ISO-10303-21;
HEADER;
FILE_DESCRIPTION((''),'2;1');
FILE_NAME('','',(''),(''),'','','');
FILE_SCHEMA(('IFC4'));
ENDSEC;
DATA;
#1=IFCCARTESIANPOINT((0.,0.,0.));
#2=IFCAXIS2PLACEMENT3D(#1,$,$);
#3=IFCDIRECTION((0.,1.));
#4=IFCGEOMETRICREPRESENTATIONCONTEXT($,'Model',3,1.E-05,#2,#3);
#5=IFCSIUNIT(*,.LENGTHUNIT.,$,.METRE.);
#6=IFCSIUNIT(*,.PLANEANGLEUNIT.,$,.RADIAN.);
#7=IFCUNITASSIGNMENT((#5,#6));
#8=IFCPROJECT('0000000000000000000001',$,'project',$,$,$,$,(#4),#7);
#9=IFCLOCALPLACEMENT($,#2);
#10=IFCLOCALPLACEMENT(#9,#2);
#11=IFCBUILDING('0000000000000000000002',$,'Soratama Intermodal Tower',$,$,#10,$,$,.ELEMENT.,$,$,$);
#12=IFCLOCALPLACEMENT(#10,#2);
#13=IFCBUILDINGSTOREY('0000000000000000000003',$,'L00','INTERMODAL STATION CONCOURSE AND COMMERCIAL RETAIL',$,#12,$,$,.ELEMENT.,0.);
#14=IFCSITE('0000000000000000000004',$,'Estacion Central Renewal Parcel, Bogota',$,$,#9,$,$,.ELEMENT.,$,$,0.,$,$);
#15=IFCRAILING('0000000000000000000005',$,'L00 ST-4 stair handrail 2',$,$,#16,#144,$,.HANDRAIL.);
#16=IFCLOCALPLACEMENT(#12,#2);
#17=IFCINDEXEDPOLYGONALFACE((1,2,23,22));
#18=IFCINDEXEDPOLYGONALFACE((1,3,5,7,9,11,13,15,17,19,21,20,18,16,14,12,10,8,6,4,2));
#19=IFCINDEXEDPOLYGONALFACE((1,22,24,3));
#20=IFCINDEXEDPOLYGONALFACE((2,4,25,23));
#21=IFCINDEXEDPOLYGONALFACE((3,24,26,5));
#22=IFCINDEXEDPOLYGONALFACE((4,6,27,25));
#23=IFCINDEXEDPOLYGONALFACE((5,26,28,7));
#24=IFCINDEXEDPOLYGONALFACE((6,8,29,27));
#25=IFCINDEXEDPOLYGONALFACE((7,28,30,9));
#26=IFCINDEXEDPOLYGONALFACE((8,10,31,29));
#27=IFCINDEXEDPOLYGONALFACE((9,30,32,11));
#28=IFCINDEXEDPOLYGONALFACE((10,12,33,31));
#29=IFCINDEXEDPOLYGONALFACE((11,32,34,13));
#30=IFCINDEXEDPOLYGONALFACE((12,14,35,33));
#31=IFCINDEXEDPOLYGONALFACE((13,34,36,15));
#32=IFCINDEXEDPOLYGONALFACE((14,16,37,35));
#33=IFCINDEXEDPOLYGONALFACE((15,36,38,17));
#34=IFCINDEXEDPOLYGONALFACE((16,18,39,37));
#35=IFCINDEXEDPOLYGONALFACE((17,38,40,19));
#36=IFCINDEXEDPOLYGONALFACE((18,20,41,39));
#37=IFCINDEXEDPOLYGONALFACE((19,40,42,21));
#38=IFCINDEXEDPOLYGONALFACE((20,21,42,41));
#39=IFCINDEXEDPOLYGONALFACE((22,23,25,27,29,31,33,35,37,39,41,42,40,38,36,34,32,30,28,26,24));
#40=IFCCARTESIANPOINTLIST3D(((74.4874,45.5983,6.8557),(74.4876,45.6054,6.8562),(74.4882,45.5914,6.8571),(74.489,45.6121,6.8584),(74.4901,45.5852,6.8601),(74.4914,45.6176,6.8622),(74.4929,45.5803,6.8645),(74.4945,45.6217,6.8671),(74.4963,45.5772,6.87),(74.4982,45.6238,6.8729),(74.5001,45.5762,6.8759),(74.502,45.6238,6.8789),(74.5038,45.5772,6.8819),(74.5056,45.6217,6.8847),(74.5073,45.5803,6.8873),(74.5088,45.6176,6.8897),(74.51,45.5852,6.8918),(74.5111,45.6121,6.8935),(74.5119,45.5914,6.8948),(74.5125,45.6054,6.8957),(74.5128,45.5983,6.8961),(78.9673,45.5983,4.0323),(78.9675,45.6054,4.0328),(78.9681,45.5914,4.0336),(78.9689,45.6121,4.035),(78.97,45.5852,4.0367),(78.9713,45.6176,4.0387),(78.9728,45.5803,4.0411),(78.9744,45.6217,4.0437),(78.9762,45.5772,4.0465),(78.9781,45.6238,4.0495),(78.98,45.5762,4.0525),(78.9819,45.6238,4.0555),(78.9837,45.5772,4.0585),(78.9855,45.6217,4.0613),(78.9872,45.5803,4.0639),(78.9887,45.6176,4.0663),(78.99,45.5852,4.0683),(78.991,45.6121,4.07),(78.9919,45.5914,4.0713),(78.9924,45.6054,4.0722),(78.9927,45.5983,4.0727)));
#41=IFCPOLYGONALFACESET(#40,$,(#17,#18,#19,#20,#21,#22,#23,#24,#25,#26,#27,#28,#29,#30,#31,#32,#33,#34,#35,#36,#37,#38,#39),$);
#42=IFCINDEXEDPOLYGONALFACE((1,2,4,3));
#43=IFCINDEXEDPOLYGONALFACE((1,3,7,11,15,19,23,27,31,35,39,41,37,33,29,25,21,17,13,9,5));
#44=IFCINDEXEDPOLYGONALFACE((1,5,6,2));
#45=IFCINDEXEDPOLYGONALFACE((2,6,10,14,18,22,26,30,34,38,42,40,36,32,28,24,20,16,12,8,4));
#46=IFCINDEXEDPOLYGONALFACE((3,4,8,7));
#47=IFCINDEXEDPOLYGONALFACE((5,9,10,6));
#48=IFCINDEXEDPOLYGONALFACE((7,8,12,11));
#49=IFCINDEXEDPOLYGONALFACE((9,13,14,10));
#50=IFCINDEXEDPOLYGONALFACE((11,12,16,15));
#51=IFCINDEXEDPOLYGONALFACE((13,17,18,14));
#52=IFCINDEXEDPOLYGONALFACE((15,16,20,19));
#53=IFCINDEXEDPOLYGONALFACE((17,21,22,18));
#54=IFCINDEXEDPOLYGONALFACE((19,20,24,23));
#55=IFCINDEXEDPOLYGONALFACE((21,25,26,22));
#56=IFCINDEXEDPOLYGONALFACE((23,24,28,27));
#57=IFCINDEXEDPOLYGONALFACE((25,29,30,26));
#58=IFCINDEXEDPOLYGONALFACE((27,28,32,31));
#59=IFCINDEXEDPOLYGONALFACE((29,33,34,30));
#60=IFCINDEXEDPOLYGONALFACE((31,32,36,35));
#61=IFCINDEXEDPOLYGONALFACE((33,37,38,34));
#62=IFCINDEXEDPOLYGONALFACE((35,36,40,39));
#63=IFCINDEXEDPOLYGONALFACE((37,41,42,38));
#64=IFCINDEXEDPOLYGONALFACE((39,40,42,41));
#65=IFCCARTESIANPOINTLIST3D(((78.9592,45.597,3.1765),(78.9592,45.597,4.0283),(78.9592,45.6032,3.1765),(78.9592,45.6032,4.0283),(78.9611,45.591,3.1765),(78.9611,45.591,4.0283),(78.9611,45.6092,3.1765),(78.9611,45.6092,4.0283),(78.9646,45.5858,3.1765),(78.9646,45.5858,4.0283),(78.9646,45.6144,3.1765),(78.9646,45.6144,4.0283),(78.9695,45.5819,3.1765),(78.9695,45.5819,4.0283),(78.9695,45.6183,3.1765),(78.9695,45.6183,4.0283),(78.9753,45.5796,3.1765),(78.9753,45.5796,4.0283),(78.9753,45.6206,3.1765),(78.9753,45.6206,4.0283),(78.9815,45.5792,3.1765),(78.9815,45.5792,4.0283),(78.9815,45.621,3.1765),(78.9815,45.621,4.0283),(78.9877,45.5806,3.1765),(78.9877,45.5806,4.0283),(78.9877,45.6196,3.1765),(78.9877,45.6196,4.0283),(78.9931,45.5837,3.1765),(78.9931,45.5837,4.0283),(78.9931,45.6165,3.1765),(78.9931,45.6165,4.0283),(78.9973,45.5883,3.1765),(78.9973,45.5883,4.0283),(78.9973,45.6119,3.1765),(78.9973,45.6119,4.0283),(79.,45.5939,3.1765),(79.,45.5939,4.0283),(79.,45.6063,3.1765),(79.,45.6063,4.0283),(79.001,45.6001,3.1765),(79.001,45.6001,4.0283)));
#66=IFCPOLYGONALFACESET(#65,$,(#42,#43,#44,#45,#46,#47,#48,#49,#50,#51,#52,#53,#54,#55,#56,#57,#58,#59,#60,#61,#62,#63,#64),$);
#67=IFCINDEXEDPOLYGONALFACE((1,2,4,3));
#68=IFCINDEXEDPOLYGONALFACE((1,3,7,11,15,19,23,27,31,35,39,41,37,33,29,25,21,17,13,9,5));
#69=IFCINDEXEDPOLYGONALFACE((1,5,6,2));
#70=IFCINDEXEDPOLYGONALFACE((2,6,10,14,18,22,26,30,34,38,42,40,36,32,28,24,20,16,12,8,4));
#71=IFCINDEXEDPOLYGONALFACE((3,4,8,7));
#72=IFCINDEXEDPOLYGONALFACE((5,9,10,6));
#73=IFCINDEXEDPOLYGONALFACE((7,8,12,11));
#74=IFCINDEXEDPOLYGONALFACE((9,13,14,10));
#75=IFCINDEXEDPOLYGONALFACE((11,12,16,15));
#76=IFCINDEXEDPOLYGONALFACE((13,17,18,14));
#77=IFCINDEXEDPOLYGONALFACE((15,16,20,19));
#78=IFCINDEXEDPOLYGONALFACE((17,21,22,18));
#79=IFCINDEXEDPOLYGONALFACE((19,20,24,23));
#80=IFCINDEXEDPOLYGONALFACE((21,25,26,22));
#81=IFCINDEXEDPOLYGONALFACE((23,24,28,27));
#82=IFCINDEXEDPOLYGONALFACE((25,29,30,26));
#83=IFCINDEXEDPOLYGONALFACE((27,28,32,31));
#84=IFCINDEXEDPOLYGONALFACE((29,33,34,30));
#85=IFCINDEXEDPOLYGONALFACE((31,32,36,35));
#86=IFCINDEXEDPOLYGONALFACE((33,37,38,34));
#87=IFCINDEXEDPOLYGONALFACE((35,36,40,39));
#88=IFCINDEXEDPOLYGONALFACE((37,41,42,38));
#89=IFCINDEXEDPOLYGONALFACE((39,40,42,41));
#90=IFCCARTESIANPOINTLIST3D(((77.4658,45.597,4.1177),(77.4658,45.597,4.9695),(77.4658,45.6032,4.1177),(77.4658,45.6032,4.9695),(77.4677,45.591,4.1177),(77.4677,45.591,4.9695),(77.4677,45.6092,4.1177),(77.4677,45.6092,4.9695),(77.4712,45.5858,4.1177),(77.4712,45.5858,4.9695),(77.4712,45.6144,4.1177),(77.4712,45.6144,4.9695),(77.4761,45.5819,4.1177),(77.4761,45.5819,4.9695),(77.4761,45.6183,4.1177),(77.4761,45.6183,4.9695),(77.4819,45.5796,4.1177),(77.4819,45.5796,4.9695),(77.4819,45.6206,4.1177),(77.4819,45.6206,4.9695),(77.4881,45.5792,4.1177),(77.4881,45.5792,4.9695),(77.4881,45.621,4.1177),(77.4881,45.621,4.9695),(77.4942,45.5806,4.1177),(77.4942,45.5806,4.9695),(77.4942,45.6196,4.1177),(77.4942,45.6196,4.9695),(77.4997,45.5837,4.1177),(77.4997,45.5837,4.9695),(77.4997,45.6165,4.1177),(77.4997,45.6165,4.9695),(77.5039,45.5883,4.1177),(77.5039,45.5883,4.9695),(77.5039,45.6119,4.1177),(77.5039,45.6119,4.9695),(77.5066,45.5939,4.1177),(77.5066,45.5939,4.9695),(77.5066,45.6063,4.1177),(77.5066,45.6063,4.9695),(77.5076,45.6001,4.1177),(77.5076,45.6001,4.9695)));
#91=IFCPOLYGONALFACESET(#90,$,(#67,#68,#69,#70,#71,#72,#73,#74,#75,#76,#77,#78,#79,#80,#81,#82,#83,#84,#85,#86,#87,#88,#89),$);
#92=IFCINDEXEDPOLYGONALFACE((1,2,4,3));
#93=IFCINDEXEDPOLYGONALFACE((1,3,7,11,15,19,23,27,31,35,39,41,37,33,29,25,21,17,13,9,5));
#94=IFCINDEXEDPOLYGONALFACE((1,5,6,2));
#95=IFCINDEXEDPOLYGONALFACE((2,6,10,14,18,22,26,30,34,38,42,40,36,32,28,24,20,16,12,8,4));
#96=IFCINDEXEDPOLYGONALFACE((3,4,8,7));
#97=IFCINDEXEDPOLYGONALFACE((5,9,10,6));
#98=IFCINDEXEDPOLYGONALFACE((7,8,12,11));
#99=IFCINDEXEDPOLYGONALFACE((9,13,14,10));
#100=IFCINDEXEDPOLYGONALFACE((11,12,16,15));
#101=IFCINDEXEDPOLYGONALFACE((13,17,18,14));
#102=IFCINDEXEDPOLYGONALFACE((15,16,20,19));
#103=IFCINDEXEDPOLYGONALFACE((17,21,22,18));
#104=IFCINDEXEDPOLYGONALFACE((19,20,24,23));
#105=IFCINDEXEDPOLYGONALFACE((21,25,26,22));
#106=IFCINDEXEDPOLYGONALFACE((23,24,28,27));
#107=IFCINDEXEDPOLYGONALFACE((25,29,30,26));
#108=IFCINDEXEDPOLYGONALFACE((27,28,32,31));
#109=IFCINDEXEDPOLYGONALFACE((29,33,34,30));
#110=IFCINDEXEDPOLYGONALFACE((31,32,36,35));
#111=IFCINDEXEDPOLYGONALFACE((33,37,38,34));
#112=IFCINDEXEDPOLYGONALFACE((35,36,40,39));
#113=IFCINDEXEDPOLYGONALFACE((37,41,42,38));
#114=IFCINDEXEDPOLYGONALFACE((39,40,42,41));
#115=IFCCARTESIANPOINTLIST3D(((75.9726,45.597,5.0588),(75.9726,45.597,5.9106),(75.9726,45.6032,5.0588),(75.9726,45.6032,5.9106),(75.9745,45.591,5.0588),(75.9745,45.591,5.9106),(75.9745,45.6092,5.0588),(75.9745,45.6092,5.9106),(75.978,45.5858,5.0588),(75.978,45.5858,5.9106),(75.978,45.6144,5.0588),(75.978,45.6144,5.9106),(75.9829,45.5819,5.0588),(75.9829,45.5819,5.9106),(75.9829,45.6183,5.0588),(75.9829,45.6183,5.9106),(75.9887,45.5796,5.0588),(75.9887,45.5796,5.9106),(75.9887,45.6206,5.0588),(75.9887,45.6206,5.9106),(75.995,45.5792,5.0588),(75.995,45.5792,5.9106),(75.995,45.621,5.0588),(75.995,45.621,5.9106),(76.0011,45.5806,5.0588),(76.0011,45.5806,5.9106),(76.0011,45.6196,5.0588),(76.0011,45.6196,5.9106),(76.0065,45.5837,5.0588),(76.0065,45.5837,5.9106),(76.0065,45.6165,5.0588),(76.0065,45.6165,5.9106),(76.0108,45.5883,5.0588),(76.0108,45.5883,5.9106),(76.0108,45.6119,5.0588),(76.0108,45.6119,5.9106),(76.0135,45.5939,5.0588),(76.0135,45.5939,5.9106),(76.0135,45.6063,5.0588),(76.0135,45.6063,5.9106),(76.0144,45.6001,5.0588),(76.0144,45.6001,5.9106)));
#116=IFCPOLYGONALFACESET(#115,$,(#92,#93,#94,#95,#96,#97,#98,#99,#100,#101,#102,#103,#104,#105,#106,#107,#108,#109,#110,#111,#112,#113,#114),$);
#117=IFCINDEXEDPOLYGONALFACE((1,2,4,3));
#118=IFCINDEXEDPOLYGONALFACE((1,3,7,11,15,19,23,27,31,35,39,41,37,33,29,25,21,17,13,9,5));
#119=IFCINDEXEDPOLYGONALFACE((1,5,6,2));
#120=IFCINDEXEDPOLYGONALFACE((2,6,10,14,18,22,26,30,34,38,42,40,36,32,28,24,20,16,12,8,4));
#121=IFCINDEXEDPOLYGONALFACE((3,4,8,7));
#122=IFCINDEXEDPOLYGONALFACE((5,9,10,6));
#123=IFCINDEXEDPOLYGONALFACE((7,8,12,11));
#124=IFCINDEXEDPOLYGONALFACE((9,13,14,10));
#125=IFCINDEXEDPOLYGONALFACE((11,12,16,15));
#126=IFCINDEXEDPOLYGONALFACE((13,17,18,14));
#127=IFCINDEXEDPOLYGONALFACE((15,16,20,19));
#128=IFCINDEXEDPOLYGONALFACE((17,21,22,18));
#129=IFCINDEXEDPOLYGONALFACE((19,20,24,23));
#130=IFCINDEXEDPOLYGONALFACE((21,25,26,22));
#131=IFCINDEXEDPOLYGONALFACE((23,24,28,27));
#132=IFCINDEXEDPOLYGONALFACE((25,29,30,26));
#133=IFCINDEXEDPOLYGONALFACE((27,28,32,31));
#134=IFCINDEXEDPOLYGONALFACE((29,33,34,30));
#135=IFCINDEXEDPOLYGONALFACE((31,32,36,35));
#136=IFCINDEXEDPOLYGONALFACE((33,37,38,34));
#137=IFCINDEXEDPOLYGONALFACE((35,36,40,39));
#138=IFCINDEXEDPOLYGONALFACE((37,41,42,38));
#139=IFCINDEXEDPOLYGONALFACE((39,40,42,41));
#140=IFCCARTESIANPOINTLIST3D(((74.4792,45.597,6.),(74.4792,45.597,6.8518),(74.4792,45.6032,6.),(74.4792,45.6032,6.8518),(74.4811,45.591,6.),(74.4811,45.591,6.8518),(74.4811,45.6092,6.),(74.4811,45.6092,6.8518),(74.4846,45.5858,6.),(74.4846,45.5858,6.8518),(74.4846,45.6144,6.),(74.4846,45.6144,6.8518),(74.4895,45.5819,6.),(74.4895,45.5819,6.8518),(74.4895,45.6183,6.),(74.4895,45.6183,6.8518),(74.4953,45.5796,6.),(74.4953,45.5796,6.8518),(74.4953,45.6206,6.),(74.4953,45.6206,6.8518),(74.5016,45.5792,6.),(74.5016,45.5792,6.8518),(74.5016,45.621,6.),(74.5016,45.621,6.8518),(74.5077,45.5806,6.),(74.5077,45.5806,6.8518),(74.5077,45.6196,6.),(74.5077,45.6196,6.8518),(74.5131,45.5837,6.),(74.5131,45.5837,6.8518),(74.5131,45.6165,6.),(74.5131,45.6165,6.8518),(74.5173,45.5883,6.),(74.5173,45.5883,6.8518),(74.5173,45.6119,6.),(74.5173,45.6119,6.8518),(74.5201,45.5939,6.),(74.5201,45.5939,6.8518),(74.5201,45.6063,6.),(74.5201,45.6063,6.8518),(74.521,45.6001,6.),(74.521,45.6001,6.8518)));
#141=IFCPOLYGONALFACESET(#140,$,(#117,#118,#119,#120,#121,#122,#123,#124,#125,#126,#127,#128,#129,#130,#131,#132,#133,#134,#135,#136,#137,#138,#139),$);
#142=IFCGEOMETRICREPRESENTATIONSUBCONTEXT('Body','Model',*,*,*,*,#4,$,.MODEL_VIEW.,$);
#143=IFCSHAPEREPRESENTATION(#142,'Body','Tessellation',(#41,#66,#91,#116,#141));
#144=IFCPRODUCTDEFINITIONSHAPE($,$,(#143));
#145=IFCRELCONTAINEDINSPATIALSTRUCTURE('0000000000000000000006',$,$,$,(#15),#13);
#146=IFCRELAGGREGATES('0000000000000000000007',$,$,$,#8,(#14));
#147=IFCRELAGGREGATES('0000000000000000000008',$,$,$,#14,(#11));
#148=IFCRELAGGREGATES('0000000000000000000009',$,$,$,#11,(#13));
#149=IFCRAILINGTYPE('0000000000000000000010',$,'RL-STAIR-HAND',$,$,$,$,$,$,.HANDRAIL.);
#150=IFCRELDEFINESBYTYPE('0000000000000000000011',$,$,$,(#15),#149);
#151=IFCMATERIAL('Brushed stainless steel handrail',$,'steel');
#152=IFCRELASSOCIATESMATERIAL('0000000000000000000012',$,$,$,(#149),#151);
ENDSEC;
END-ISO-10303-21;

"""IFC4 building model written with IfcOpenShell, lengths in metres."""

from ifc_helpers import new_model, si_unit, direction, frame, origin, origin_2d, place, context, subcontext, project, spatial, circle, extrude, material, type_object, element, save


model = new_model("IFC4")

# Units and contexts
model_context = context("Model", 3, precision=1e-05, world=origin(), true_north=direction((0.0, 1.0)))
body_context = subcontext(model_context, "Body", "Model", "MODEL_VIEW")
ifc_project = project(units=[si_unit("LENGTHUNIT", "METRE"), si_unit("PLANEANGLEUNIT", "RADIAN")], contexts=[model_context])

# Site, building, storey
site_placement = place(None, origin())
site = spatial("IfcSite", under=ifc_project, at=site_placement, Name="Estacion Central Renewal Parcel, Bogota", CompositionType="ELEMENT", RefElevation=0.0)
building_placement = place(site_placement, origin())
building = spatial("IfcBuilding", under=site, at=building_placement, Name="Soratama Intermodal Tower", CompositionType="ELEMENT")
storey_placement = place(building_placement, origin())
storey = spatial("IfcBuildingStorey", under=building, at=storey_placement, Name="L00", Description="INTERMODAL STATION CONCOURSE AND COMMERCIAL RETAIL", CompositionType="ELEMENT", Elevation=0.0)

# Railing
ifc_material_1 = material(Name="Brushed stainless steel handrail", Category="steel")
railing_type_1 = type_object("IfcRailingType", Name="RL-STAIR-HAND", PredefinedType="HANDRAIL", material=ifc_material_1)
railing_1_placement = place(storey_placement, frame((78.98, 45.6001, 3.1765)))
element("IfcRailing", 1, at=railing_1_placement, inside=storey, type_object=railing_type_1, Name="L00 ST-4 stair handrail 2", PredefinedType="HANDRAIL", context=body_context, shape_type="SweptSolid", body=[
    extrude(circle(Radius=0.0239, at=origin_2d()), frame((0.0, 0.0, 0.876), z_axis=(-0.845998, 0.0, 0.533186), x_axis=(0.0, -1.0, 0.0)), (0.0, 0.0, 1.0), 5.2954),
    extrude(circle(Radius=0.021, at=origin_2d()), origin(), (0.0, 0.0, 1.0), 0.8518),
    extrude(circle(Radius=0.021, at=origin_2d()), frame((-1.4934, 0.0, 0.9412)), (0.0, 0.0, 1.0), 0.8518),
    extrude(circle(Radius=0.021, at=origin_2d()), frame((-2.9866, 0.0, 1.8823)), (0.0, 0.0, 1.0), 0.8518),
    extrude(circle(Radius=0.021, at=origin_2d()), frame((-4.48, 0.0, 2.8235)), (0.0, 0.0, 1.0), 0.8518),
])

save(model, "model.ifc")
